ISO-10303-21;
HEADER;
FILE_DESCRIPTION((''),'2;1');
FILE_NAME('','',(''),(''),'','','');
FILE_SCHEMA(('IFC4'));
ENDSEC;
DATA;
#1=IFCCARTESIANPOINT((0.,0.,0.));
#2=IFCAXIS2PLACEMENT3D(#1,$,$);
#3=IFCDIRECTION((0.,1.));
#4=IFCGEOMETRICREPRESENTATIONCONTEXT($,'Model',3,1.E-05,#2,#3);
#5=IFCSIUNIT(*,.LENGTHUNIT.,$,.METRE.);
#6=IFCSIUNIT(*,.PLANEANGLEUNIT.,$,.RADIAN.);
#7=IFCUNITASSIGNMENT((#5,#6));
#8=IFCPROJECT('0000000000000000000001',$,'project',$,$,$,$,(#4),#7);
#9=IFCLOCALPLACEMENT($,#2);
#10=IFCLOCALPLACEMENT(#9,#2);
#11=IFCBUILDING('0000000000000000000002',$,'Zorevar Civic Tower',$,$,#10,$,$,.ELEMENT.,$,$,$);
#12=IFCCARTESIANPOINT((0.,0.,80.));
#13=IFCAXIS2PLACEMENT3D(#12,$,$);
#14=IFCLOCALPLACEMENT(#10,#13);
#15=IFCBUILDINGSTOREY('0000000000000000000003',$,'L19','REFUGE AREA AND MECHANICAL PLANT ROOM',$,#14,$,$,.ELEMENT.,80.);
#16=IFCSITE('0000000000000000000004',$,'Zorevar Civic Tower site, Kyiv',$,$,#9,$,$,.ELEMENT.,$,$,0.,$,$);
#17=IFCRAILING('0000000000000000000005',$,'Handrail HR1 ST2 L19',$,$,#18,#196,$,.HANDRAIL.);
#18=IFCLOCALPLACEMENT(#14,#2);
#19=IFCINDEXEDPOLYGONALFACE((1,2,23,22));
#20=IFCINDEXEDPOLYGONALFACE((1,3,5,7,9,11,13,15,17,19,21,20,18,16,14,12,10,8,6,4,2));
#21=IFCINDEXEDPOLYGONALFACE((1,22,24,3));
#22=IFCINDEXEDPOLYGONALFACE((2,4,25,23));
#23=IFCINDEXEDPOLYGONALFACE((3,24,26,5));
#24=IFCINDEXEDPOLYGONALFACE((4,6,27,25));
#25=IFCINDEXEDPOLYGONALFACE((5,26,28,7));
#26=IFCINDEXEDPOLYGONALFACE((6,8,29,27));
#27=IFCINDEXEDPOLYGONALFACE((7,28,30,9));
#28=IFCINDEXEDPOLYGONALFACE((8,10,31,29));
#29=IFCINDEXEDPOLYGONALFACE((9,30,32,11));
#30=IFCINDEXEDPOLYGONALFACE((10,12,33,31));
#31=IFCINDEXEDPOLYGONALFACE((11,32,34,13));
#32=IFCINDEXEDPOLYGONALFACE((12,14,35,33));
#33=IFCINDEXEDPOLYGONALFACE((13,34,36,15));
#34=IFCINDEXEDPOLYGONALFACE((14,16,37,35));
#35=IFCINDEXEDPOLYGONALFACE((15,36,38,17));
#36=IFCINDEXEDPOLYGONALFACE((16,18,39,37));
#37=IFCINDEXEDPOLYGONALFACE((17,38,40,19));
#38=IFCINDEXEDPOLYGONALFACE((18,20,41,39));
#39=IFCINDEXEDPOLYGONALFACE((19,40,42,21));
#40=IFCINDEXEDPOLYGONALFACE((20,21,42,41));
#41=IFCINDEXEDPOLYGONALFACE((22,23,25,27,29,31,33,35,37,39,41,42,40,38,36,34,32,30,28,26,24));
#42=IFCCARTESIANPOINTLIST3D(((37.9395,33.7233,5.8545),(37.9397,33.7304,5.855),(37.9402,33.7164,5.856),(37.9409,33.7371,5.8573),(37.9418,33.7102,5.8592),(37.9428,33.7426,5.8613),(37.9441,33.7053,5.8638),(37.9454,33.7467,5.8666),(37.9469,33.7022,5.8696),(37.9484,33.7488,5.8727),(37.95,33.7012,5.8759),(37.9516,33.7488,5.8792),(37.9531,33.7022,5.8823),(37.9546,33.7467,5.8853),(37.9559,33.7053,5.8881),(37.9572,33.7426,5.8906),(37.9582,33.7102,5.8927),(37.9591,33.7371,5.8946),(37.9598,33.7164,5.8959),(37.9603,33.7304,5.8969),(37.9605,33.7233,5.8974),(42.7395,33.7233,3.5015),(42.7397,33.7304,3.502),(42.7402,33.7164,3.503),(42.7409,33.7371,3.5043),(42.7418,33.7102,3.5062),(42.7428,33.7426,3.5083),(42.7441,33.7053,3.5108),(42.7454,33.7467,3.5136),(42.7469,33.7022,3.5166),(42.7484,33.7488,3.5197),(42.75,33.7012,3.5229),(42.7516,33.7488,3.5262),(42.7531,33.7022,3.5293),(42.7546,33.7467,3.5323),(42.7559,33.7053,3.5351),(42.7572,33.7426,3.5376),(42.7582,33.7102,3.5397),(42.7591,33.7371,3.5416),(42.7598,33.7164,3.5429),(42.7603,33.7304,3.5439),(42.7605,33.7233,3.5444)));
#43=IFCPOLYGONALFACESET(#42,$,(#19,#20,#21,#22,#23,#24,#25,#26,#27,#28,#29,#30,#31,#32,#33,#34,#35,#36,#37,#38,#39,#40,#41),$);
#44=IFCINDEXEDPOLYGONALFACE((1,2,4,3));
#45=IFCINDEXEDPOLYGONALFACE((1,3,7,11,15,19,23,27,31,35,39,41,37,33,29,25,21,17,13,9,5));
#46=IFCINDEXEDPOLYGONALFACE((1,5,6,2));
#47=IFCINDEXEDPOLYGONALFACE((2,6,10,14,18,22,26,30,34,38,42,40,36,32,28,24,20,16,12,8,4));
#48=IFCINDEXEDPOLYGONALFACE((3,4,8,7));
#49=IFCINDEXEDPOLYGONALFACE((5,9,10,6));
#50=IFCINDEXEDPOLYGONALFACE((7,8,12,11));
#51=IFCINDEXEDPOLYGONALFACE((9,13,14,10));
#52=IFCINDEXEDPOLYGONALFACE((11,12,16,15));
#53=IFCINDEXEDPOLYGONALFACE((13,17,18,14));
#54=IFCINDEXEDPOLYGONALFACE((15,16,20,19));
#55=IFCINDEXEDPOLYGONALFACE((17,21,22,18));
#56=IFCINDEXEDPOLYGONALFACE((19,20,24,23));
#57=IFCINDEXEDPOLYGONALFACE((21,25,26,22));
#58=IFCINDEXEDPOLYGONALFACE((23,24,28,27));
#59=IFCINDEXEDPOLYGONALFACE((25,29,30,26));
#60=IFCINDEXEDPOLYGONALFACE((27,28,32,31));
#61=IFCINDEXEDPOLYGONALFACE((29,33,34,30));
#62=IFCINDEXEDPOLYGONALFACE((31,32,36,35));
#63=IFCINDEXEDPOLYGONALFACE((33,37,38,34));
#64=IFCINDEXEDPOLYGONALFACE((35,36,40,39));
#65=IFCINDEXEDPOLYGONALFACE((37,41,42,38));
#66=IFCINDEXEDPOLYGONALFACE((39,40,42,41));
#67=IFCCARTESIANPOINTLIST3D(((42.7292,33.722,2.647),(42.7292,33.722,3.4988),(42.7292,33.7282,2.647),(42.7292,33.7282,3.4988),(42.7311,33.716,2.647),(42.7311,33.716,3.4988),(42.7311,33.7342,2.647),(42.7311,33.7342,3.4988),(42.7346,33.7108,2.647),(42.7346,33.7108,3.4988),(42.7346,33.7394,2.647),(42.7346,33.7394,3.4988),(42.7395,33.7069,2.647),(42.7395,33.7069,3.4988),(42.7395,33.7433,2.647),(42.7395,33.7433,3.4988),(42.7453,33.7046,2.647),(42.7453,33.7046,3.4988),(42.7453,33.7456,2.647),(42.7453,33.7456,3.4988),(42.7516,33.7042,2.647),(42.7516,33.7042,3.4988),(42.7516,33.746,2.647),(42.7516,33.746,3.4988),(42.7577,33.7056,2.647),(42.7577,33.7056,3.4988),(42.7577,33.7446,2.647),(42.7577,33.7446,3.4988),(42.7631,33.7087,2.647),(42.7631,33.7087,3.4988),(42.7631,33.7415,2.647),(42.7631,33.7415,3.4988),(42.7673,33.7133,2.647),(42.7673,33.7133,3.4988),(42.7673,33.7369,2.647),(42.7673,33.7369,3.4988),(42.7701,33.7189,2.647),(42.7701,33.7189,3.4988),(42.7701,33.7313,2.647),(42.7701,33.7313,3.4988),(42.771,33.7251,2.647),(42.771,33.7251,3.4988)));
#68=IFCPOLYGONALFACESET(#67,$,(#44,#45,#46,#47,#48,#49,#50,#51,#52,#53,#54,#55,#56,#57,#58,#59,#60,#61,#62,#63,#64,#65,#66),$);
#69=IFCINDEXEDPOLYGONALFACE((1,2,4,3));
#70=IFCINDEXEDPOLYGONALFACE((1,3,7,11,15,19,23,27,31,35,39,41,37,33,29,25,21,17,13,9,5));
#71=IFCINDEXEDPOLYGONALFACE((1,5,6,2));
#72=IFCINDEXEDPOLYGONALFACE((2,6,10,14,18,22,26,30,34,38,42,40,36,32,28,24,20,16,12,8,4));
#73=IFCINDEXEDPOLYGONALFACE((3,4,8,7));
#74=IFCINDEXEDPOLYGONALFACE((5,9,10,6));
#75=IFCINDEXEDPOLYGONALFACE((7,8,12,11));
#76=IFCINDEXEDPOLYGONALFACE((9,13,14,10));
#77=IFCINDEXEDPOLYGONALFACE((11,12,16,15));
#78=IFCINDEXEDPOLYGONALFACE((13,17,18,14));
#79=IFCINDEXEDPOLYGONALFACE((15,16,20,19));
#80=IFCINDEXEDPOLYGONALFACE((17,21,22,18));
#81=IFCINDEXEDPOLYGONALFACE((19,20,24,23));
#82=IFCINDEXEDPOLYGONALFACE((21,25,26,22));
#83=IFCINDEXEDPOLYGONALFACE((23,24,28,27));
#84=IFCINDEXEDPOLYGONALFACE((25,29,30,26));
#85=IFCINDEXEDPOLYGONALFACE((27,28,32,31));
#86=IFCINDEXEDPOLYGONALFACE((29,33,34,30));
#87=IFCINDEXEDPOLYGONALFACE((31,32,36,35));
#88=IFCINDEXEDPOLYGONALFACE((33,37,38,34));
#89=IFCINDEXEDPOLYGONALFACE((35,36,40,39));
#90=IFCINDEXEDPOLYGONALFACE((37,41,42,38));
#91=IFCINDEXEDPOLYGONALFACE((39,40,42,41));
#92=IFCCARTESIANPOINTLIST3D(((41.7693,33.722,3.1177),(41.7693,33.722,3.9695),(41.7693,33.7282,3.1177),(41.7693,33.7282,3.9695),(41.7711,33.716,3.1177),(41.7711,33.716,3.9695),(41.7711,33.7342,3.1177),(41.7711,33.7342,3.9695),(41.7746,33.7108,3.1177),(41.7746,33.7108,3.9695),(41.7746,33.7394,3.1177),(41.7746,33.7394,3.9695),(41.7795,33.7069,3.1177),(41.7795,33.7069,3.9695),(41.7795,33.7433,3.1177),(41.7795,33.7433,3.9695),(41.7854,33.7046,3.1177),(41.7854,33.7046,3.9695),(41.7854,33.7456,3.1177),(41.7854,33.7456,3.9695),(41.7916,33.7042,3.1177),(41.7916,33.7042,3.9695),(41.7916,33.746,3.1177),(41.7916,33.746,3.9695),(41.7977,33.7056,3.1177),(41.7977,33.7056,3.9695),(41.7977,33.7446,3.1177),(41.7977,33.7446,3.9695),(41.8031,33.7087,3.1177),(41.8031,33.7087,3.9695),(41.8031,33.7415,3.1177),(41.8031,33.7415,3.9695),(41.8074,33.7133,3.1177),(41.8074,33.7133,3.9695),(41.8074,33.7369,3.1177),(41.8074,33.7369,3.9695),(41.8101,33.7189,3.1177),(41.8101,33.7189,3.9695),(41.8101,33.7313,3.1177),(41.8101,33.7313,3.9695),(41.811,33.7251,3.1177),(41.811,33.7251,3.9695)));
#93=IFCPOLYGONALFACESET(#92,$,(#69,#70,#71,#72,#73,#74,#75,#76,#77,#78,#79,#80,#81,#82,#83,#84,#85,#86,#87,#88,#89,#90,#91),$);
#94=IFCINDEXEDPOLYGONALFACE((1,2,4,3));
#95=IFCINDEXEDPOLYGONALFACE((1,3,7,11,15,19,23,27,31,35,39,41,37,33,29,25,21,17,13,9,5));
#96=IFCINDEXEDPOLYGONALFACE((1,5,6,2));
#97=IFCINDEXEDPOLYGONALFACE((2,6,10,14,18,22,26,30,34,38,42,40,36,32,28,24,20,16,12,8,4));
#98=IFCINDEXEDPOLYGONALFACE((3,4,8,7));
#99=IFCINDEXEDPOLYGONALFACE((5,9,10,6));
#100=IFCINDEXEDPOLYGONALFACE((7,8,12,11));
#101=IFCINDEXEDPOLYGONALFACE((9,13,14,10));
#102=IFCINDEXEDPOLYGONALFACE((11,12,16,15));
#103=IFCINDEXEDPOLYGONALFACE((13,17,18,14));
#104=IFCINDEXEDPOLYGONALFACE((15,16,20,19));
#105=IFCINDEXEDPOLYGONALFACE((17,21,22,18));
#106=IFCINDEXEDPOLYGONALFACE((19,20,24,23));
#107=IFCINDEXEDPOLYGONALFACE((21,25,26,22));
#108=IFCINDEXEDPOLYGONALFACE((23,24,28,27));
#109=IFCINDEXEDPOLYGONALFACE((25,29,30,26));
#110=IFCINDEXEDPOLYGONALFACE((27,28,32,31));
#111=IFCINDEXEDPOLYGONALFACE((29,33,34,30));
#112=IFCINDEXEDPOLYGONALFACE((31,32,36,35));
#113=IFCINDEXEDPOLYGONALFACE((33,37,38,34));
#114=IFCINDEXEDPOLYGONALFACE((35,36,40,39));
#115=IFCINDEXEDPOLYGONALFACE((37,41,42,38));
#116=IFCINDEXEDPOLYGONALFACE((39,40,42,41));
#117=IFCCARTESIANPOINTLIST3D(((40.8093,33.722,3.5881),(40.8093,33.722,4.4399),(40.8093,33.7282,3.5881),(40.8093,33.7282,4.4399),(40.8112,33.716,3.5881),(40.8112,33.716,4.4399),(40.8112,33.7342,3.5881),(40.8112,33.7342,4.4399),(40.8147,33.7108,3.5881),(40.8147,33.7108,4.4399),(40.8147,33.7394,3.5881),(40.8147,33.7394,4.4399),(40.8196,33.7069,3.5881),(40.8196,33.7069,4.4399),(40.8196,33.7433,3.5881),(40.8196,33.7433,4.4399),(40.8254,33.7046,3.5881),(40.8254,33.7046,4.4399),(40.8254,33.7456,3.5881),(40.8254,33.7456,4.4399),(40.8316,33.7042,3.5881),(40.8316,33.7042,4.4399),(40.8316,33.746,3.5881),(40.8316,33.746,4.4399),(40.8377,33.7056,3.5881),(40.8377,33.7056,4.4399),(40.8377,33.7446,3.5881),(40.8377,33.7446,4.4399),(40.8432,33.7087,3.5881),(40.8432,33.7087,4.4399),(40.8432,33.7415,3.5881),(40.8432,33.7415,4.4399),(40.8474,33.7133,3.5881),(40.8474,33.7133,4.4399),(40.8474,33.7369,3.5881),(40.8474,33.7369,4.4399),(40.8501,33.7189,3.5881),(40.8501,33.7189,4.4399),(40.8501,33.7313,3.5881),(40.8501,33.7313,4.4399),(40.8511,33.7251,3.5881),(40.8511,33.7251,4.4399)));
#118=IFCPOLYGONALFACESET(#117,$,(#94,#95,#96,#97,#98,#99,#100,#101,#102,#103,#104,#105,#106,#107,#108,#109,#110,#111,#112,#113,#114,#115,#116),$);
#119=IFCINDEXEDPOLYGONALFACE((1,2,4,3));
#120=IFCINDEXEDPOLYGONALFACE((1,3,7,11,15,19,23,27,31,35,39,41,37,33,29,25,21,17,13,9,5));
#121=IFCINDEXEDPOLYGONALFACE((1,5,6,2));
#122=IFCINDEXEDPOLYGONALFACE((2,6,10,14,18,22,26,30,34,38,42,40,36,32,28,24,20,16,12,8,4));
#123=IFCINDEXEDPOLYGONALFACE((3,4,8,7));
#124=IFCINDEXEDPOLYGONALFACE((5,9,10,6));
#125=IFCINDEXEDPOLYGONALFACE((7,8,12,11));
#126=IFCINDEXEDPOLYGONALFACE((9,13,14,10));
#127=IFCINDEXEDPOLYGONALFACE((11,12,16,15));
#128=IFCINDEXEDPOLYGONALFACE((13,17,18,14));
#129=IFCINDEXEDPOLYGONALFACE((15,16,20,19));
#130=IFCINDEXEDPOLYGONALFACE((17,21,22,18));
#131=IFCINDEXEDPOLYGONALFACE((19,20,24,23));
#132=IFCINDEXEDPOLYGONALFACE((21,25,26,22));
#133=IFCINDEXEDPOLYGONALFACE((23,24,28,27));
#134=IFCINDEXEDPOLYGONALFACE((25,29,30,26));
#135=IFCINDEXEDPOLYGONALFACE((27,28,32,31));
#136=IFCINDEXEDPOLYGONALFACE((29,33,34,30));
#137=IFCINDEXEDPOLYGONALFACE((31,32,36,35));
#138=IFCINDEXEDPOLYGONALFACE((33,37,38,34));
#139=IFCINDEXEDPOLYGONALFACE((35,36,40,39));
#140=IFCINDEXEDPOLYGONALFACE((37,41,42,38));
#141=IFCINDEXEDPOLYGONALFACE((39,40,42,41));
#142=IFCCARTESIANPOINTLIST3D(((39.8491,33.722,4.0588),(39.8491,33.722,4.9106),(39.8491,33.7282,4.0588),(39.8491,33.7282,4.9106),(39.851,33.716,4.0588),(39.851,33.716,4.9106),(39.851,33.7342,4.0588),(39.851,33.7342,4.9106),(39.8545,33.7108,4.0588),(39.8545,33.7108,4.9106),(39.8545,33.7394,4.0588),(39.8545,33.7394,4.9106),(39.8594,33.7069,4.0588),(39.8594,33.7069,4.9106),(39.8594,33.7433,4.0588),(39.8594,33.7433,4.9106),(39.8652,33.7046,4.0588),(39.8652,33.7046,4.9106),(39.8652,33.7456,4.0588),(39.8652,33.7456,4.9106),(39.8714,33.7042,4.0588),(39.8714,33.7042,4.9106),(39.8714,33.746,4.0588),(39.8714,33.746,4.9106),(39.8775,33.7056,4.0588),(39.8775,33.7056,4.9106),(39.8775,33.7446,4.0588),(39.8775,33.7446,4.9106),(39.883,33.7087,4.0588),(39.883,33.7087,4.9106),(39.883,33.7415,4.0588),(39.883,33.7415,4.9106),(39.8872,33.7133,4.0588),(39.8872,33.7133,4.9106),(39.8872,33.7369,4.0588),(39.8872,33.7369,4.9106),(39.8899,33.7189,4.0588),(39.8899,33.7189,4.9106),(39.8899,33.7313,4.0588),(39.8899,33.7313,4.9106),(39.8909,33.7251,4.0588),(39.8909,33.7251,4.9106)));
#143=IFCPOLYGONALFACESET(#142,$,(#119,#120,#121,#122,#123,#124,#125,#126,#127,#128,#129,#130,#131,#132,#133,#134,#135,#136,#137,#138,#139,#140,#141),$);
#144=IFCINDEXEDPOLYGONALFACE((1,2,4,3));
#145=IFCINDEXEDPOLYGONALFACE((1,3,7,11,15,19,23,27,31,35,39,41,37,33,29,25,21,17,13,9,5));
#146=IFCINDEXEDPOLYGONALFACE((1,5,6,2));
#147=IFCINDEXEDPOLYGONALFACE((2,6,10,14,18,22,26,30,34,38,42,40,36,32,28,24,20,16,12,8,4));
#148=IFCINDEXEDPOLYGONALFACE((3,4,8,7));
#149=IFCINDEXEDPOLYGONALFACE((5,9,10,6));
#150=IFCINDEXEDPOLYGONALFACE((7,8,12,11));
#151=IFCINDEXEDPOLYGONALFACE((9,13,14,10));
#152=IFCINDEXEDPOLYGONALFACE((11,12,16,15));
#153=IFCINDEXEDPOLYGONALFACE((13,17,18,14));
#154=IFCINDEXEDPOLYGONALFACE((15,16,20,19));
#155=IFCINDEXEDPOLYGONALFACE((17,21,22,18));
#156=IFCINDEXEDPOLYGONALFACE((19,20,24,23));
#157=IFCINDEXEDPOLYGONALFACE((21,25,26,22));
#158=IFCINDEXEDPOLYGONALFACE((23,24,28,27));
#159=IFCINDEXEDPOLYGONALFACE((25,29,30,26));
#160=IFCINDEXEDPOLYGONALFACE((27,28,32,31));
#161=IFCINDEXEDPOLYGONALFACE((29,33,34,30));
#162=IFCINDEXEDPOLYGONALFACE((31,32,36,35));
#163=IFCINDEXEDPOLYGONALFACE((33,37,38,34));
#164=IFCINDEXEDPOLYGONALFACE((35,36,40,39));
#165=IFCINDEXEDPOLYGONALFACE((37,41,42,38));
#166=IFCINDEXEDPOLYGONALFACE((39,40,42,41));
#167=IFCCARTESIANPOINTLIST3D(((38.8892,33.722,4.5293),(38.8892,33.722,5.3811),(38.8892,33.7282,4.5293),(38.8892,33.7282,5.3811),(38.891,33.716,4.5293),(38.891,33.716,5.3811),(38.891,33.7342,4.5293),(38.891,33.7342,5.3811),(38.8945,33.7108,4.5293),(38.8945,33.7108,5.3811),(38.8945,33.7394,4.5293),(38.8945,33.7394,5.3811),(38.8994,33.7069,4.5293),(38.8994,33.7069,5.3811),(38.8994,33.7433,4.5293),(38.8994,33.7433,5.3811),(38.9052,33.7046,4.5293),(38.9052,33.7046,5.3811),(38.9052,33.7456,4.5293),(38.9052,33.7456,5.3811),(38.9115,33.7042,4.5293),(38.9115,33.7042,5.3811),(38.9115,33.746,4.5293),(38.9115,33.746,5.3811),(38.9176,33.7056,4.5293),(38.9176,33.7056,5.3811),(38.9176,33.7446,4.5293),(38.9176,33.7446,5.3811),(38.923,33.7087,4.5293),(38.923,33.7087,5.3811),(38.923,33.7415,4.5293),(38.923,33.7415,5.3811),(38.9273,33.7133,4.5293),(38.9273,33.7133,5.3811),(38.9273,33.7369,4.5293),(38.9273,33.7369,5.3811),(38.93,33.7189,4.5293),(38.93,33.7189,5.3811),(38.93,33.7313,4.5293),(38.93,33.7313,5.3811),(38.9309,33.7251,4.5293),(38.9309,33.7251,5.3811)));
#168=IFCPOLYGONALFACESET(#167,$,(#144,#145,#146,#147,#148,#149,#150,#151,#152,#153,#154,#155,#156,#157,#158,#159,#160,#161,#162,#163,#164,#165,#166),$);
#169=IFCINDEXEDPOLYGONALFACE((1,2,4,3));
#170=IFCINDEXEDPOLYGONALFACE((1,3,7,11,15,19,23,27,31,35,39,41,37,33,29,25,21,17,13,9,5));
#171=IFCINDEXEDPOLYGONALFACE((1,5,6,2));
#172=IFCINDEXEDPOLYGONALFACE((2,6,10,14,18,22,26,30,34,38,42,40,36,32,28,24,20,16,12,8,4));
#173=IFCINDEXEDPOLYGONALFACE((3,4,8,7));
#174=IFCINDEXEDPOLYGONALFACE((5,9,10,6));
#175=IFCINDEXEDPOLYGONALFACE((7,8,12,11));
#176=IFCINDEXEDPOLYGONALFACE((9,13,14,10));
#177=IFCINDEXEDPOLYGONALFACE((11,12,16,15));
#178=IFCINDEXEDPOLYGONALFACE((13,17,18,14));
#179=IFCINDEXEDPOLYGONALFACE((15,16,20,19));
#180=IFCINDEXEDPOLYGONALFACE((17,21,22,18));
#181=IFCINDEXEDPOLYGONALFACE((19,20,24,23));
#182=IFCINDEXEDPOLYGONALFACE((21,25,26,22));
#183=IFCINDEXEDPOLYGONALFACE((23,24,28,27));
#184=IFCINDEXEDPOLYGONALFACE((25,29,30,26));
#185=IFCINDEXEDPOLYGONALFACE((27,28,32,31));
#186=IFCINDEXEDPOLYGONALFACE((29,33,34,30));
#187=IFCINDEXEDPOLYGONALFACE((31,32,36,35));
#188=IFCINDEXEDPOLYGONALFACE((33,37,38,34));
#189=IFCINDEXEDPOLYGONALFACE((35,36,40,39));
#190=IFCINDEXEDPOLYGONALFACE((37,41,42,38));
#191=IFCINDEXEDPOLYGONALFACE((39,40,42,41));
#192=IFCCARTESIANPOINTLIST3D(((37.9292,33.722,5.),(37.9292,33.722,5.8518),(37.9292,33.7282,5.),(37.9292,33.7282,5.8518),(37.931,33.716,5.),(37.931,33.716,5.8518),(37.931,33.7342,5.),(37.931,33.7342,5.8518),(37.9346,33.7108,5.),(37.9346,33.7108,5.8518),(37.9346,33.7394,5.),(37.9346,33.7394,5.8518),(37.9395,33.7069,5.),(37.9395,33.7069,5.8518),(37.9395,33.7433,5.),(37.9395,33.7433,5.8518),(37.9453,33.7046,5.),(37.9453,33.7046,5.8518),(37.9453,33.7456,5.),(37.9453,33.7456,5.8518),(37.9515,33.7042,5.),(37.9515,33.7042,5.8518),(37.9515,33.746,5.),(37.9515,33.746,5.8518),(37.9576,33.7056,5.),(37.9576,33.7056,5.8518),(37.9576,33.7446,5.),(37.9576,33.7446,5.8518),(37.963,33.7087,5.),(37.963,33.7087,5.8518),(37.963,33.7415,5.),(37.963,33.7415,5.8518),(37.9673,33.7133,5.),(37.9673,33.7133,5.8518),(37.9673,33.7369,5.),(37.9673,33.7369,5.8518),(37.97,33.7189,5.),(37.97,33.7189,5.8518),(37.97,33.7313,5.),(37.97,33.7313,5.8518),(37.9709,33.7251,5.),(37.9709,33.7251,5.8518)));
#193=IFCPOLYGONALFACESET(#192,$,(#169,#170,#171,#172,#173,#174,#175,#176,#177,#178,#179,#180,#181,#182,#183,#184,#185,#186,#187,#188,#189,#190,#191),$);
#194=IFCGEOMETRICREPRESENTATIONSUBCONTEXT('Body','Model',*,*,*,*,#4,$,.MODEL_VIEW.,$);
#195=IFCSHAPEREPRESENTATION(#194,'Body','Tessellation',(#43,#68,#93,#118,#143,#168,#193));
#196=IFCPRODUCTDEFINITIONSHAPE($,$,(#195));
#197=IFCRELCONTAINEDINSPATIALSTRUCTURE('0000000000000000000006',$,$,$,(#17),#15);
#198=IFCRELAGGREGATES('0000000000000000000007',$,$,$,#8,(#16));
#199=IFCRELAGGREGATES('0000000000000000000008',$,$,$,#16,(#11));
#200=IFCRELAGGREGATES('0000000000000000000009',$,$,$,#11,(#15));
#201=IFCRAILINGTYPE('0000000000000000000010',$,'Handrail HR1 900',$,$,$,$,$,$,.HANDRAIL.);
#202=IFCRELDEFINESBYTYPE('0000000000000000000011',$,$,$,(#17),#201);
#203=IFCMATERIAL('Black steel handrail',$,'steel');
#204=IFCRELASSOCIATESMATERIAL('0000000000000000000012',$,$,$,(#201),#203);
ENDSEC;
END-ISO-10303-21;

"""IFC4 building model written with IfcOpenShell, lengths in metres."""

from ifc_helpers import new_model, si_unit, direction, frame, origin, origin_2d, place, context, subcontext, project, spatial, circle, extrude, material, type_object, element, save


model = new_model("IFC4")

# Units and contexts
model_context = context("Model", 3, precision=1e-05, world=origin(), true_north=direction((0.0, 1.0)))
body_context = subcontext(model_context, "Body", "Model", "MODEL_VIEW")
ifc_project = project(units=[si_unit("LENGTHUNIT", "METRE"), si_unit("PLANEANGLEUNIT", "RADIAN")], contexts=[model_context])

# Site, building, storey
site_placement = place(None, origin())
site = spatial("IfcSite", under=ifc_project, at=site_placement, Name="Zorevar Civic Tower site, Kyiv", CompositionType="ELEMENT", RefElevation=0.0)
building_placement = place(site_placement, origin())
building = spatial("IfcBuilding", under=site, at=building_placement, Name="Zorevar Civic Tower", CompositionType="ELEMENT")
storey_placement = place(building_placement, frame((0.0, 0.0, 80.0)))
storey = spatial("IfcBuildingStorey", under=building, at=storey_placement, Name="L19", Description="REFUGE AREA AND MECHANICAL PLANT ROOM", CompositionType="ELEMENT", Elevation=80.0)

# Railing
ifc_material_1 = material(Name="Black steel handrail", Category="steel")
railing_type = type_object("IfcRailingType", Name="Handrail HR1 900", PredefinedType="HANDRAIL", material=ifc_material_1)
railing_1_placement = place(storey_placement, frame((42.75, 33.7251, 2.647)))
element("IfcRailing", 1, at=railing_1_placement, inside=storey, type_object=railing_type, Name="Handrail HR1 ST2 L19", PredefinedType="HANDRAIL", context=body_context, shape_type="SweptSolid", body=[
    extrude(circle(Radius=0.0239, at=origin_2d()), frame((0.0, 0.0, 0.876), z_axis=(-0.897916, 0.0, 0.440167), x_axis=(0.0, -1.0, 0.0)), (0.0, 0.0, 1.0), 5.3457),
    extrude(circle(Radius=0.021, at=origin_2d()), origin(), (0.0, 0.0, 1.0), 0.8518),
    extrude(circle(Radius=0.021, at=origin_2d()), frame((-0.96, 0.0, 0.4707)), (0.0, 0.0, 1.0), 0.8518),
    extrude(circle(Radius=0.021, at=origin_2d()), frame((-1.9199, 0.0, 0.9412)), (0.0, 0.0, 1.0), 0.8518),
    extrude(circle(Radius=0.021, at=origin_2d()), frame((-2.8801, 0.0, 1.4119)), (0.0, 0.0, 1.0), 0.8518),
    extrude(circle(Radius=0.021, at=origin_2d()), frame((-3.8401, 0.0, 1.8823)), (0.0, 0.0, 1.0), 0.8518),
    extrude(circle(Radius=0.021, at=origin_2d()), frame((-4.8, 0.0, 2.353)), (0.0, 0.0, 1.0), 0.8518),
])

save(model, "model.ifc")
